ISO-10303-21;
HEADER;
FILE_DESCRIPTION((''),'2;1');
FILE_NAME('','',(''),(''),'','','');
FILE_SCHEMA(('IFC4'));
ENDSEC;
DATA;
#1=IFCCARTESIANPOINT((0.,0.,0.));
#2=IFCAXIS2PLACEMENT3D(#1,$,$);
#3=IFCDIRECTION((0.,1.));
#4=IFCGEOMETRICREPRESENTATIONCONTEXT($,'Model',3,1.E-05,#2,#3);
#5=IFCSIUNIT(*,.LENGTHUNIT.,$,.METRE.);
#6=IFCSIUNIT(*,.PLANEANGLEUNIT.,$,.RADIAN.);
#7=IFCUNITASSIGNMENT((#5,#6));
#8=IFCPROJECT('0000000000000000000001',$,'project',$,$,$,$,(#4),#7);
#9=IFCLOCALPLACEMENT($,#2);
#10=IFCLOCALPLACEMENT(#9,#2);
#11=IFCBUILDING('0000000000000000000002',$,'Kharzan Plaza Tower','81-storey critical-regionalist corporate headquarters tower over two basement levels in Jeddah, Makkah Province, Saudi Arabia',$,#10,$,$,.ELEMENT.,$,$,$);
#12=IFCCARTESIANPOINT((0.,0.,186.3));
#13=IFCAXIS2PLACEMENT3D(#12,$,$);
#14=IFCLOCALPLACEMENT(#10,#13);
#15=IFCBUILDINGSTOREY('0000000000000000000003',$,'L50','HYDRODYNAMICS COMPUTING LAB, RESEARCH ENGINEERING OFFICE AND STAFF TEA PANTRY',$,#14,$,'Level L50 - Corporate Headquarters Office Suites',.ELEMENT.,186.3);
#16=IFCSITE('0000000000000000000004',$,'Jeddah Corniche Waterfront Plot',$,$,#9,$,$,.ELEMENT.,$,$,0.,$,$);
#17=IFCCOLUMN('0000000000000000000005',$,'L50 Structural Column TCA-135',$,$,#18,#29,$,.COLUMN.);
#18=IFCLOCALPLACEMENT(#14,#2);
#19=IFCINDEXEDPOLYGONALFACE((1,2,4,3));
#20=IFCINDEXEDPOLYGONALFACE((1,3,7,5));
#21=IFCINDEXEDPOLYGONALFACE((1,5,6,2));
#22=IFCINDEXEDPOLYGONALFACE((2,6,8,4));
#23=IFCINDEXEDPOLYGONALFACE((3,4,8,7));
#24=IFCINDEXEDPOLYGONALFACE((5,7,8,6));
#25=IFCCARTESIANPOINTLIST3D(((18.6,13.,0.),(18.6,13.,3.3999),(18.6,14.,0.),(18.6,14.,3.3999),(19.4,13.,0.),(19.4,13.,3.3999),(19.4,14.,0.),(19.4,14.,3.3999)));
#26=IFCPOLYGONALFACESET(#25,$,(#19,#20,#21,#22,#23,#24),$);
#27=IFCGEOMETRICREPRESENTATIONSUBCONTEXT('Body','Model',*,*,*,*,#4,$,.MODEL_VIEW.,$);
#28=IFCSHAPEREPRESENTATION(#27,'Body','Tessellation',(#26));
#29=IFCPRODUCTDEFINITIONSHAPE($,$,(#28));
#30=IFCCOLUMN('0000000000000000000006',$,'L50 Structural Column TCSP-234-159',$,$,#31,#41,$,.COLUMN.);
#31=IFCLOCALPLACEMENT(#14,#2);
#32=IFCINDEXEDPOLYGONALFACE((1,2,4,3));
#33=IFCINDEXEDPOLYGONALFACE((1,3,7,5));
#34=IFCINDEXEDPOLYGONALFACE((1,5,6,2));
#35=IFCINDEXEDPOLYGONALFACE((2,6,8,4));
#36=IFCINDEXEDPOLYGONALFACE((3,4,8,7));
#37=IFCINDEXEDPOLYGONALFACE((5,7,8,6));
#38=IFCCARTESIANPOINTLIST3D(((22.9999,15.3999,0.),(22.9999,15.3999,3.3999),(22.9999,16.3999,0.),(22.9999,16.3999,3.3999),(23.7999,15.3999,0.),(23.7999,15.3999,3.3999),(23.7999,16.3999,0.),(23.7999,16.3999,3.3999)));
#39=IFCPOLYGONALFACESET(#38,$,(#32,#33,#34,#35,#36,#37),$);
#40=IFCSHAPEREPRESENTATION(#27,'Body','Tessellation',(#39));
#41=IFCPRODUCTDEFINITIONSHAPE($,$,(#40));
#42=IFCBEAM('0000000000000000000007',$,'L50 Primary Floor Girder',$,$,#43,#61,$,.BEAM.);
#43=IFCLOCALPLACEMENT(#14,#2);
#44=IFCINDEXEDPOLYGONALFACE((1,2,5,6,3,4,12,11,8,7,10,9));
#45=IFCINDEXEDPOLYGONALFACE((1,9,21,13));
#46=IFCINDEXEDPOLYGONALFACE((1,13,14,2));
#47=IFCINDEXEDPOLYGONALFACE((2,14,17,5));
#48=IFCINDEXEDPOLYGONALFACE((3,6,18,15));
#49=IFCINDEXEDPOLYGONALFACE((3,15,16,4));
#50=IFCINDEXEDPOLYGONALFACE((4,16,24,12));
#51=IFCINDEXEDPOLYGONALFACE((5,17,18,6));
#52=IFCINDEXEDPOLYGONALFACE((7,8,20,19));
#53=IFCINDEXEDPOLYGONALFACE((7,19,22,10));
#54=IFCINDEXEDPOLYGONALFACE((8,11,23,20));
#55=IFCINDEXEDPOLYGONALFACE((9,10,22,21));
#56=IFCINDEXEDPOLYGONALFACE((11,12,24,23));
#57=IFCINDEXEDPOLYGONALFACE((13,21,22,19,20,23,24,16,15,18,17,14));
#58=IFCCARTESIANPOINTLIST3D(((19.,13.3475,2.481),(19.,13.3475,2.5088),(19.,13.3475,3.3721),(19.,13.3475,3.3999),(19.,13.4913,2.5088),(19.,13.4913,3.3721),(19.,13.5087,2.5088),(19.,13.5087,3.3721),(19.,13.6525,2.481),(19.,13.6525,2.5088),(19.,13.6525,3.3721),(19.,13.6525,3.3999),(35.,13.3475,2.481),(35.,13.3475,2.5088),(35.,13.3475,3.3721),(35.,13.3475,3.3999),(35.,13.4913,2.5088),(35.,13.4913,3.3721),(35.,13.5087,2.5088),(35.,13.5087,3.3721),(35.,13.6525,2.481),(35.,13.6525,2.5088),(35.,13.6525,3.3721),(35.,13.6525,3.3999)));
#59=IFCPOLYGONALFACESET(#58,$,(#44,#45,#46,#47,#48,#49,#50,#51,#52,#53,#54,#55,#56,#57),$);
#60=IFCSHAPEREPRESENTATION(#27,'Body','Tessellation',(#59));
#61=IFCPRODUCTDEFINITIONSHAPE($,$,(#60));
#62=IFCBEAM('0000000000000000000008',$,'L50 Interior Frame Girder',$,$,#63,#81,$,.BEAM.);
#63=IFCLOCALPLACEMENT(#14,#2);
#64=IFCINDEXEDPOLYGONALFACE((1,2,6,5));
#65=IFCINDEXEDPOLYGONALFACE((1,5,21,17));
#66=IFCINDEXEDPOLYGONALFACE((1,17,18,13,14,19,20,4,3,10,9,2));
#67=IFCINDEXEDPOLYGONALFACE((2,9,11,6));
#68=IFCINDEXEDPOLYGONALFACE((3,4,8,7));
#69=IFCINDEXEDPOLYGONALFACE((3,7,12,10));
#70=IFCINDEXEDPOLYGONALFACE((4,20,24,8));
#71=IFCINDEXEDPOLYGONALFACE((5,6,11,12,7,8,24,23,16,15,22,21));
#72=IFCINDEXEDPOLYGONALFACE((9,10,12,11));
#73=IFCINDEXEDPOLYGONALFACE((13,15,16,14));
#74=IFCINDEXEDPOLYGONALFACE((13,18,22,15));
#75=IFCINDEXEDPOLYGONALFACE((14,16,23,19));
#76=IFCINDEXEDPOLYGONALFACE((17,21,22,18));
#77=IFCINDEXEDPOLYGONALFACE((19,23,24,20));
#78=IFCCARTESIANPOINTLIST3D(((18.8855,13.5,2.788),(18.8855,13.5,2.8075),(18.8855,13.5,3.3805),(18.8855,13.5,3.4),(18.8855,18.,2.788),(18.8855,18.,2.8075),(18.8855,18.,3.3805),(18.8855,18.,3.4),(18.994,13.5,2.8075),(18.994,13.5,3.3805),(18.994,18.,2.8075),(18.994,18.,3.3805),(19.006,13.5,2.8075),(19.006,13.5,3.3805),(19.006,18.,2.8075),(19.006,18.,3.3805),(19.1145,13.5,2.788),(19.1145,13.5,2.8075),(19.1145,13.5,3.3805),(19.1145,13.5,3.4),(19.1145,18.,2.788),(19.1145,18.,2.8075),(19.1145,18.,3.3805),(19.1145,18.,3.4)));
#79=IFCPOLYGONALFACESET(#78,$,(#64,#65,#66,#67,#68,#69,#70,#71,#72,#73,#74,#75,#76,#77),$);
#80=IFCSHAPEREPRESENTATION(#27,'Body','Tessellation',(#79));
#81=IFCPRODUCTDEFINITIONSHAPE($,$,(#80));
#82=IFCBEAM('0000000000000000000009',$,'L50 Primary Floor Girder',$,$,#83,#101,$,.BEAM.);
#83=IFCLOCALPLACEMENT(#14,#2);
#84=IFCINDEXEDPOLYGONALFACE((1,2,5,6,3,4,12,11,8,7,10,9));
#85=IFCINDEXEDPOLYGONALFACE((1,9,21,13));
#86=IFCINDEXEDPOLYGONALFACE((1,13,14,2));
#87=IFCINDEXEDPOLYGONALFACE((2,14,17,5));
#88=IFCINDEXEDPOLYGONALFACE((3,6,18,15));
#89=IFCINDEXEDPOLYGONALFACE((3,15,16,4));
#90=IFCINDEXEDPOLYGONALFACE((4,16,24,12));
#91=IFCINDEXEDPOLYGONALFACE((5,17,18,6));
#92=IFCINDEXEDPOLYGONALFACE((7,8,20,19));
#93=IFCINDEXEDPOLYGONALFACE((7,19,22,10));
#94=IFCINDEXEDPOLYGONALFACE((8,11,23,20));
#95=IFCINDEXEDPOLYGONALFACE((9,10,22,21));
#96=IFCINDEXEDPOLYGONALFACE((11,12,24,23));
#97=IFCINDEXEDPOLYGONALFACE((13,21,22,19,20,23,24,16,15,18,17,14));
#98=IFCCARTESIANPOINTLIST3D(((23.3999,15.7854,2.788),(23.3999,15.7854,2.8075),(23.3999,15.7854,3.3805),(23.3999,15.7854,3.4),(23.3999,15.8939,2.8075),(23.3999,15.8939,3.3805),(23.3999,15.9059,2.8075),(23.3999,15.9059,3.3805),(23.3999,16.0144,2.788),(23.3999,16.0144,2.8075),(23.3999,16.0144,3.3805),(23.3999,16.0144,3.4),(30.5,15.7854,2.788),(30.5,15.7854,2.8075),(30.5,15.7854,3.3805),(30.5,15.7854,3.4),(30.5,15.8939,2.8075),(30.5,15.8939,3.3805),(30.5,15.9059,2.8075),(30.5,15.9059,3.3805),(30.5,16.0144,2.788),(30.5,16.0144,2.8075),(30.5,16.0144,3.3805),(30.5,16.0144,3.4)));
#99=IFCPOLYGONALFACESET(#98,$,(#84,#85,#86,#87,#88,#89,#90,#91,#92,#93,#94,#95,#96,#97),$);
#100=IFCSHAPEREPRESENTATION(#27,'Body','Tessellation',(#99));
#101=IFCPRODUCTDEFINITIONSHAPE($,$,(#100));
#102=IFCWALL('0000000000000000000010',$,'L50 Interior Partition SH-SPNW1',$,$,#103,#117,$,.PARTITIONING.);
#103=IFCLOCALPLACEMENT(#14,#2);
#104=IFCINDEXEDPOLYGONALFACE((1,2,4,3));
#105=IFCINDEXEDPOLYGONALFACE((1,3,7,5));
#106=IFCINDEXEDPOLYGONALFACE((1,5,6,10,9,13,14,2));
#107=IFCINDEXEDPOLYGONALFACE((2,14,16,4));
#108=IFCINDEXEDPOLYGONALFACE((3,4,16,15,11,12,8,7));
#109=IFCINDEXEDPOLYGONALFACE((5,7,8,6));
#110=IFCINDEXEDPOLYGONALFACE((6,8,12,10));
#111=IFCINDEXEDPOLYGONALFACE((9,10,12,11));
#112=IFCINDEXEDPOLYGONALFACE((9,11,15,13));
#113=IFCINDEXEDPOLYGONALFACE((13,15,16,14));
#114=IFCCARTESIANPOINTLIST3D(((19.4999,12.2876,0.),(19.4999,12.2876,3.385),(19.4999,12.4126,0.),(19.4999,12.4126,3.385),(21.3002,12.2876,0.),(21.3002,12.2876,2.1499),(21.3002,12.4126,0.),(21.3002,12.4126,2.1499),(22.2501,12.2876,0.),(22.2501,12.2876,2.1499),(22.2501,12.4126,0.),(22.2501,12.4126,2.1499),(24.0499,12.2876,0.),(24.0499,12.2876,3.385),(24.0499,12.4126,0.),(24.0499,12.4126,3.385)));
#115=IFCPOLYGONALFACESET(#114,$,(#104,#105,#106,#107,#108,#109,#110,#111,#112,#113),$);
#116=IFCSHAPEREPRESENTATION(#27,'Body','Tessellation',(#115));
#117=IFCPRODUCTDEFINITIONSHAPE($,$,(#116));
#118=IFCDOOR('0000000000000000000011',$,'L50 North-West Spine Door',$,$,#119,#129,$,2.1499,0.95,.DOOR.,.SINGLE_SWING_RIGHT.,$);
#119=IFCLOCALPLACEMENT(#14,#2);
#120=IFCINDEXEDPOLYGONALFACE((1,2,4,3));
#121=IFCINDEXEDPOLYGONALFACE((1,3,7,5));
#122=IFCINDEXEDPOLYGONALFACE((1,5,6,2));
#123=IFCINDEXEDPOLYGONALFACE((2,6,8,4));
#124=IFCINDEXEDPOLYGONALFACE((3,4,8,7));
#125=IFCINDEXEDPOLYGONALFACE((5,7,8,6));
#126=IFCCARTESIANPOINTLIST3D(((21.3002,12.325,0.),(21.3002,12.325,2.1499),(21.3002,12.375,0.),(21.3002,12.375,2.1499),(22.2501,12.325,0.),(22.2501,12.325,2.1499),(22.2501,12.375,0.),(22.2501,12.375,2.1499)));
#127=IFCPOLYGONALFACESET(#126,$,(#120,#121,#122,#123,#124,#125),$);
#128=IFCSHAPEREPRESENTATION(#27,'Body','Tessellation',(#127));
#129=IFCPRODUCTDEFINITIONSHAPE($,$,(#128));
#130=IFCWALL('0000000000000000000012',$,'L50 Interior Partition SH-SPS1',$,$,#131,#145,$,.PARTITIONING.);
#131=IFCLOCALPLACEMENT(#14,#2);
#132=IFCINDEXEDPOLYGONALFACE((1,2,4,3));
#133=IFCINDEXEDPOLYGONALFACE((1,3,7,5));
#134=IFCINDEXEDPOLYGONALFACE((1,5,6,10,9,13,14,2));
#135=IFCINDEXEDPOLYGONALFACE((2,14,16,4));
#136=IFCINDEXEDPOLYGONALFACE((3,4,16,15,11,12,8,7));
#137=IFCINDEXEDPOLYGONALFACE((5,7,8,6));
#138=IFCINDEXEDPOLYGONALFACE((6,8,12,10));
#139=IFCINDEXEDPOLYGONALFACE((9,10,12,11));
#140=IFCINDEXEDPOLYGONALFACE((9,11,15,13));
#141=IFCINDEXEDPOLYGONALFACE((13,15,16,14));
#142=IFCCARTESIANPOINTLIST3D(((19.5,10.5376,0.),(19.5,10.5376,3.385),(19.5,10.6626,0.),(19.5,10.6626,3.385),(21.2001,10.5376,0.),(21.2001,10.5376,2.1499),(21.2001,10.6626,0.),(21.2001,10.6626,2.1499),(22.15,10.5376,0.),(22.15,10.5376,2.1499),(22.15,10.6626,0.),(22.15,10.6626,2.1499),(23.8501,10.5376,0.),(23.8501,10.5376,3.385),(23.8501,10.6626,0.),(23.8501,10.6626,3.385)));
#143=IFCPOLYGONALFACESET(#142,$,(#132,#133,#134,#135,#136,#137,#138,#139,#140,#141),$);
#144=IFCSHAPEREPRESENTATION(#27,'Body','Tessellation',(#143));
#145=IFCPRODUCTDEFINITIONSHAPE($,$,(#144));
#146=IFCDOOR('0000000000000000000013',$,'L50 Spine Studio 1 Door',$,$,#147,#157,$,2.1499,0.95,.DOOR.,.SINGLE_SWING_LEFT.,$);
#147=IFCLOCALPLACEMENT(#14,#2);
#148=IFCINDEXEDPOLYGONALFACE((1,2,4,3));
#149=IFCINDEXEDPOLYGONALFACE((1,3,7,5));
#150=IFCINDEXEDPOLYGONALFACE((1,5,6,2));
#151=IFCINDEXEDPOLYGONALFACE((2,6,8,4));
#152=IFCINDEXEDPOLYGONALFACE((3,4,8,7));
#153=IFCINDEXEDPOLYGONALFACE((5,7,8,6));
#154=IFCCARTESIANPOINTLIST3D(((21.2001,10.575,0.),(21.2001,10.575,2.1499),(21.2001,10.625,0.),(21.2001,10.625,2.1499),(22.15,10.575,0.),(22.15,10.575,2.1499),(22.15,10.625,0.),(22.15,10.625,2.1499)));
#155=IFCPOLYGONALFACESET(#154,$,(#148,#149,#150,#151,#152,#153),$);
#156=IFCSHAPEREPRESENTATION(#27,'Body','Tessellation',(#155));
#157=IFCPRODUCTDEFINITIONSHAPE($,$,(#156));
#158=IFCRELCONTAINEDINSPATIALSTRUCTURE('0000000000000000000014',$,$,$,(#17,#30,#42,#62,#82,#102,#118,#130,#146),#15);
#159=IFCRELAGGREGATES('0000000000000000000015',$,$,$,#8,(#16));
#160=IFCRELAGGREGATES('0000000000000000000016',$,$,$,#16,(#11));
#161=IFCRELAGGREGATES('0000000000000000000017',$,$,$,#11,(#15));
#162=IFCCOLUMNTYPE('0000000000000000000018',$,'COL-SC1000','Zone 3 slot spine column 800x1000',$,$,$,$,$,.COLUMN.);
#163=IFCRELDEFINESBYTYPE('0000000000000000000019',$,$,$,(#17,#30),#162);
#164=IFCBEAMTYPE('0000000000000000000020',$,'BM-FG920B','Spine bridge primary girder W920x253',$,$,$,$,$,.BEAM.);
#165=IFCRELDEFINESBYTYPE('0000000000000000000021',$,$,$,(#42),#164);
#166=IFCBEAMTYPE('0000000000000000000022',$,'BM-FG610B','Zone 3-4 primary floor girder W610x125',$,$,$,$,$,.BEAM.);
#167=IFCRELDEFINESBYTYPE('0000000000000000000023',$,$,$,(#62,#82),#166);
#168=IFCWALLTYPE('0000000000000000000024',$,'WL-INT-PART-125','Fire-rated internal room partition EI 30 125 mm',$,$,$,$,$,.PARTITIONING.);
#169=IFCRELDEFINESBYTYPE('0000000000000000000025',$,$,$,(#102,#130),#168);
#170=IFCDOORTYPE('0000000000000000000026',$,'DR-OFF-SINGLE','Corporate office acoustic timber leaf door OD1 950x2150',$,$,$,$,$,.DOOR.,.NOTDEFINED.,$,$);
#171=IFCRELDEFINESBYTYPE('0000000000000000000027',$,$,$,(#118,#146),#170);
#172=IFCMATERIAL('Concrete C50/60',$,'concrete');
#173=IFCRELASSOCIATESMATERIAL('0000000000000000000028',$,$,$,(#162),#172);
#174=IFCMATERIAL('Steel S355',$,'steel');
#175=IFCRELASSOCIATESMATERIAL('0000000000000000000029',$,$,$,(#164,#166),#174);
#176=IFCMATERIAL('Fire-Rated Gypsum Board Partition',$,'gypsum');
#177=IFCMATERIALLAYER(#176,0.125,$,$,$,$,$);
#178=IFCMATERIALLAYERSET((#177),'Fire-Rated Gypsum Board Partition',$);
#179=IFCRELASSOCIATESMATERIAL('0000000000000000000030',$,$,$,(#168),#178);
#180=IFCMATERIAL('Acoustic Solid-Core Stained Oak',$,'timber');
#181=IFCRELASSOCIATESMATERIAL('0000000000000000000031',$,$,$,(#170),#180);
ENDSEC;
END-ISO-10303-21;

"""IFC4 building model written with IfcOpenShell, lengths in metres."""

from ifc_helpers import new_model, si_unit, direction, frame, frame_2d, origin, origin_2d, place, context, subcontext, project, spatial, rectangle, i_section, extrude, source, transform, mapped, material, layer, layer_set, material_profile, profile_set, type_object, element, fill, save


model = new_model("IFC4")

# Units and contexts
model_context = context("Model", 3, precision=1e-05, world=origin(), true_north=direction((0.0, 1.0)))
body_context = subcontext(model_context, "Body", "Model", "MODEL_VIEW")
ifc_project = project(units=[si_unit("LENGTHUNIT", "METRE"), si_unit("PLANEANGLEUNIT", "RADIAN")], contexts=[model_context])

# Site, building, storey
site_placement = place(None, origin())
site = spatial("IfcSite", under=ifc_project, at=site_placement, Name="Jeddah Corniche Waterfront Plot", CompositionType="ELEMENT", RefElevation=0.0)
building_placement = place(site_placement, origin())
building = spatial("IfcBuilding", under=site, at=building_placement, Name="Kharzan Plaza Tower", Description="81-storey critical-regionalist corporate headquarters tower over two basement levels in Jeddah, Makkah Province, Saudi Arabia", CompositionType="ELEMENT")
storey_placement = place(building_placement, frame((0.0, 0.0, 186.3)))
storey = spatial("IfcBuildingStorey", under=building, at=storey_placement, Name="L50", Description="HYDRODYNAMICS COMPUTING LAB, RESEARCH ENGINEERING OFFICE AND STAFF TEA PANTRY", LongName="Level L50 - Corporate Headquarters Office Suites", CompositionType="ELEMENT", Elevation=186.3)

# Columns
ifc_material_1 = material(Name="Concrete C50/60", Category="concrete")
ifc_material_profile_1 = material_profile(ifc_material_1, rectangle(XDim=0.8, YDim=1.0, at=origin_2d()), Name="RC-SC1000x800")
ifc_profile_set_1 = profile_set([ifc_material_profile_1], Name="Concrete C50/60")
column_type = type_object("IfcColumnType", Name="COL-SC1000", Description="Zone 3 slot spine column 800x1000", PredefinedType="COLUMN", material=ifc_profile_set_1)
shared_shape_1 = source(origin(), body_context, "Body", "SweptSolid", [
    extrude(rectangle(XDim=0.8, YDim=1.0, at=origin_2d()), origin(), (0.0, 0.0, 1.0), 3.3999),
])
for number, where, z_axis, x_axis, name in (
    (1, (19.0, 13.5, 0.0), (0.0, 0.0, 1.0), (1.0, 0.0, 0.0), "L50 Structural Column TCA-135"),
    (2, (23.3999, 15.8999, 0.0), (0.0, 0.0, 1.0), (1.0, 0.0, 0.0), "L50 Structural Column TCSP-234-159"),
):
    element("IfcColumn", number, at=place(storey_placement, frame(where, z_axis=z_axis, x_axis=x_axis)), inside=storey, type_object=column_type, Name=name, PredefinedType="COLUMN", context=body_context, shape_type="MappedRepresentation", body=[
        mapped(shared_shape_1, transform((0.0, 0.0, 0.0), x_axis=(1.0, 0.0, 0.0), y_axis=(0.0, 1.0, 0.0), z_axis=(0.0, 0.0, 1.0))),
    ])

# Beams
ifc_material_2 = material(Name="Steel S355", Category="steel")
ifc_material_profile_2 = material_profile(ifc_material_2, i_section(OverallWidth=0.3049, OverallDepth=0.9189, WebThickness=0.0173, FlangeThickness=0.0278, at=origin_2d()), Name="W920x253")
ifc_profile_set_2 = profile_set([ifc_material_profile_2], Name="Steel S355")
beam_type_1 = type_object("IfcBeamType", Name="BM-FG920B", Description="Spine bridge primary girder W920x253", PredefinedType="BEAM", material=ifc_profile_set_2)
shared_shape_2 = source(origin(), body_context, "Body", "SweptSolid", [
    extrude(i_section(OverallWidth=0.3049, OverallDepth=0.9189, WebThickness=0.0173, FlangeThickness=0.0278, at=origin_2d()), origin(), (0.0, 0.0, 1.0), 16.0),
])
beam_1_placement = place(storey_placement, frame((19.0, 13.5, 2.9404), z_axis=(1.0, 0.0, 0.0), x_axis=(0.0, 1.0, 0.0)))
element("IfcBeam", 3, at=beam_1_placement, inside=storey, type_object=beam_type_1, Name="L50 Primary Floor Girder", PredefinedType="BEAM", context=body_context, shape_type="MappedRepresentation", body=[
    mapped(shared_shape_2, transform((0.0, 0.0, 0.0), x_axis=(1.0, 0.0, 0.0), y_axis=(0.0, 1.0, 0.0), z_axis=(0.0, 0.0, 1.0))),
])
ifc_material_profile_3 = material_profile(ifc_material_2, i_section(OverallWidth=0.229, OverallDepth=0.6121, WebThickness=0.012, FlangeThickness=0.0195, at=origin_2d()), Name="W610x125")
ifc_profile_set_3 = profile_set([ifc_material_profile_3], Name="Steel S355")
beam_type_2 = type_object("IfcBeamType", Name="BM-FG610B", Description="Zone 3-4 primary floor girder W610x125", PredefinedType="BEAM", material=ifc_profile_set_3)
shared_shape_3 = source(origin(), body_context, "Body", "SweptSolid", [
    extrude(i_section(OverallWidth=0.229, OverallDepth=0.6121, WebThickness=0.012, FlangeThickness=0.0195, at=origin_2d()), origin(), (0.0, 0.0, 1.0), 4.5),
])
beam_2_placement = place(storey_placement, frame((19.0, 13.5, 3.094), z_axis=(0.0, 1.0, 0.0), x_axis=(-1.0, 0.0, 0.0)))
element("IfcBeam", 4, at=beam_2_placement, inside=storey, type_object=beam_type_2, Name="L50 Interior Frame Girder", PredefinedType="BEAM", context=body_context, shape_type="MappedRepresentation", body=[
    mapped(shared_shape_3, transform((0.0, 0.0, 0.0), x_axis=(1.0, 0.0, 0.0), y_axis=(0.0, 1.0, 0.0), z_axis=(0.0, 0.0, 1.0))),
])
shared_shape_4 = source(origin(), body_context, "Body", "SweptSolid", [
    extrude(i_section(OverallWidth=0.229, OverallDepth=0.6121, WebThickness=0.012, FlangeThickness=0.0195, at=origin_2d()), origin(), (0.0, 0.0, 1.0), 7.1001),
])
beam_3_placement = place(storey_placement, frame((23.3999, 15.8999, 3.094), z_axis=(1.0, 0.0, 0.0), x_axis=(0.0, 1.0, 0.0)))
element("IfcBeam", 5, at=beam_3_placement, inside=storey, type_object=beam_type_2, Name="L50 Primary Floor Girder", PredefinedType="BEAM", context=body_context, shape_type="MappedRepresentation", body=[
    mapped(shared_shape_4, transform((0.0, 0.0, 0.0), x_axis=(1.0, 0.0, 0.0), y_axis=(0.0, 1.0, 0.0), z_axis=(0.0, 0.0, 1.0))),
])

# Walls, openings, doors
ifc_material_3 = material(Name="Fire-Rated Gypsum Board Partition", Category="gypsum")
ifc_layer_1 = layer(ifc_material_3, 0.125)
ifc_layer_set_1 = layer_set([ifc_layer_1], Name="Fire-Rated Gypsum Board Partition")
wall_type_1 = type_object("IfcWallType", Name="WL-INT-PART-125", Description="Fire-rated internal room partition EI 30 125 mm", PredefinedType="PARTITIONING", material=ifc_layer_set_1)
wall_1_placement = place(storey_placement, frame((19.5, 12.3501, 0.0), z_axis=(0.0, 0.0, 1.0), x_axis=(1.0, 0.0, 0.0)))
wall_1 = element("IfcWall", 6, at=wall_1_placement, inside=storey, type_object=wall_type_1, Name="L50 Interior Partition SH-SPNW1", PredefinedType="PARTITIONING", context=body_context, shape_type="SweptSolid", body=[
    extrude(rectangle(XDim=4.55, YDim=0.125, at=frame_2d((2.2749, 0.0))), origin(), (0.0, 0.0, 1.0), 3.385),
])
opening_1_placement = place(wall_1_placement, frame((1.8, 0.0, 0.0)))
opening_1 = element("IfcOpeningElement", 7, at=opening_1_placement, cuts=wall_1, PredefinedType="OPENING", context=body_context, shape_type="SweptSolid", body=[
    extrude(rectangle(XDim=0.95, YDim=2.1499, at=frame_2d((0.4751, 1.075))), frame((0.0, 0.0725, 0.0), z_axis=(0.0, -1.0, 0.0), x_axis=(1.0, 0.0, 0.0)), (0.0, 0.0, 1.0), 0.145),
])
ifc_material_4 = material(Name="Acoustic Solid-Core Stained Oak", Category="timber")
door_type_1 = type_object("IfcDoorType", Name="DR-OFF-SINGLE", Description="Corporate office acoustic timber leaf door OD1 950x2150", OperationType="NOTDEFINED", PredefinedType="DOOR", material=ifc_material_4)
shared_shape_5 = source(origin(), body_context, "Body", "SweptSolid", [
    extrude(rectangle(XDim=0.95, YDim=2.1499, at=frame_2d((0.4751, 1.075))), frame((0.0, 0.0249, 0.0), z_axis=(0.0, -1.0, 0.0), x_axis=(1.0, 0.0, 0.0)), (0.0, 0.0, 1.0), 0.05),
])
door_1_placement = place(opening_1_placement, origin())
door_1 = element("IfcDoor", 8, at=door_1_placement, inside=storey, type_object=door_type_1, Name="L50 North-West Spine Door", OperationType="SINGLE_SWING_RIGHT", OverallHeight=2.1499, OverallWidth=0.95, PredefinedType="DOOR", context=body_context, shape_type="MappedRepresentation", body=[
    mapped(shared_shape_5, transform((0.0, 0.0, 0.0), x_axis=(1.0, 0.0, 0.0), y_axis=(0.0, 1.0, 0.0), z_axis=(0.0, 0.0, 1.0))),
])
fill(opening_1, door_1)
wall_2_placement = place(storey_placement, frame((19.5, 10.6001, 0.0), z_axis=(0.0, 0.0, 1.0), x_axis=(1.0, 0.0, 0.0)))
wall_2 = element("IfcWall", 9, at=wall_2_placement, inside=storey, type_object=wall_type_1, Name="L50 Interior Partition SH-SPS1", PredefinedType="PARTITIONING", context=body_context, shape_type="SweptSolid", body=[
    extrude(rectangle(XDim=4.3501, YDim=0.125, at=frame_2d((2.175, 0.0))), origin(), (0.0, 0.0, 1.0), 3.385),
])
opening_2_placement = place(wall_2_placement, frame((1.7, 0.0, 0.0)))
opening_2 = element("IfcOpeningElement", 10, at=opening_2_placement, cuts=wall_2, PredefinedType="OPENING", context=body_context, shape_type="SweptSolid", body=[
    extrude(rectangle(XDim=0.95, YDim=2.1499, at=frame_2d((0.4751, 1.075))), frame((0.0, 0.0725, 0.0), z_axis=(0.0, -1.0, 0.0), x_axis=(1.0, 0.0, 0.0)), (0.0, 0.0, 1.0), 0.145),
])
door_2_placement = place(opening_2_placement, origin())
door_2 = element("IfcDoor", 11, at=door_2_placement, inside=storey, type_object=door_type_1, Name="L50 Spine Studio 1 Door", OperationType="SINGLE_SWING_LEFT", OverallHeight=2.1499, OverallWidth=0.95, PredefinedType="DOOR", context=body_context, shape_type="MappedRepresentation", body=[
    mapped(shared_shape_5, transform((0.0, 0.0, 0.0), x_axis=(1.0, 0.0, 0.0), y_axis=(0.0, 1.0, 0.0), z_axis=(0.0, 0.0, 1.0))),
])
fill(opening_2, door_2)

save(model, "model.ifc")
